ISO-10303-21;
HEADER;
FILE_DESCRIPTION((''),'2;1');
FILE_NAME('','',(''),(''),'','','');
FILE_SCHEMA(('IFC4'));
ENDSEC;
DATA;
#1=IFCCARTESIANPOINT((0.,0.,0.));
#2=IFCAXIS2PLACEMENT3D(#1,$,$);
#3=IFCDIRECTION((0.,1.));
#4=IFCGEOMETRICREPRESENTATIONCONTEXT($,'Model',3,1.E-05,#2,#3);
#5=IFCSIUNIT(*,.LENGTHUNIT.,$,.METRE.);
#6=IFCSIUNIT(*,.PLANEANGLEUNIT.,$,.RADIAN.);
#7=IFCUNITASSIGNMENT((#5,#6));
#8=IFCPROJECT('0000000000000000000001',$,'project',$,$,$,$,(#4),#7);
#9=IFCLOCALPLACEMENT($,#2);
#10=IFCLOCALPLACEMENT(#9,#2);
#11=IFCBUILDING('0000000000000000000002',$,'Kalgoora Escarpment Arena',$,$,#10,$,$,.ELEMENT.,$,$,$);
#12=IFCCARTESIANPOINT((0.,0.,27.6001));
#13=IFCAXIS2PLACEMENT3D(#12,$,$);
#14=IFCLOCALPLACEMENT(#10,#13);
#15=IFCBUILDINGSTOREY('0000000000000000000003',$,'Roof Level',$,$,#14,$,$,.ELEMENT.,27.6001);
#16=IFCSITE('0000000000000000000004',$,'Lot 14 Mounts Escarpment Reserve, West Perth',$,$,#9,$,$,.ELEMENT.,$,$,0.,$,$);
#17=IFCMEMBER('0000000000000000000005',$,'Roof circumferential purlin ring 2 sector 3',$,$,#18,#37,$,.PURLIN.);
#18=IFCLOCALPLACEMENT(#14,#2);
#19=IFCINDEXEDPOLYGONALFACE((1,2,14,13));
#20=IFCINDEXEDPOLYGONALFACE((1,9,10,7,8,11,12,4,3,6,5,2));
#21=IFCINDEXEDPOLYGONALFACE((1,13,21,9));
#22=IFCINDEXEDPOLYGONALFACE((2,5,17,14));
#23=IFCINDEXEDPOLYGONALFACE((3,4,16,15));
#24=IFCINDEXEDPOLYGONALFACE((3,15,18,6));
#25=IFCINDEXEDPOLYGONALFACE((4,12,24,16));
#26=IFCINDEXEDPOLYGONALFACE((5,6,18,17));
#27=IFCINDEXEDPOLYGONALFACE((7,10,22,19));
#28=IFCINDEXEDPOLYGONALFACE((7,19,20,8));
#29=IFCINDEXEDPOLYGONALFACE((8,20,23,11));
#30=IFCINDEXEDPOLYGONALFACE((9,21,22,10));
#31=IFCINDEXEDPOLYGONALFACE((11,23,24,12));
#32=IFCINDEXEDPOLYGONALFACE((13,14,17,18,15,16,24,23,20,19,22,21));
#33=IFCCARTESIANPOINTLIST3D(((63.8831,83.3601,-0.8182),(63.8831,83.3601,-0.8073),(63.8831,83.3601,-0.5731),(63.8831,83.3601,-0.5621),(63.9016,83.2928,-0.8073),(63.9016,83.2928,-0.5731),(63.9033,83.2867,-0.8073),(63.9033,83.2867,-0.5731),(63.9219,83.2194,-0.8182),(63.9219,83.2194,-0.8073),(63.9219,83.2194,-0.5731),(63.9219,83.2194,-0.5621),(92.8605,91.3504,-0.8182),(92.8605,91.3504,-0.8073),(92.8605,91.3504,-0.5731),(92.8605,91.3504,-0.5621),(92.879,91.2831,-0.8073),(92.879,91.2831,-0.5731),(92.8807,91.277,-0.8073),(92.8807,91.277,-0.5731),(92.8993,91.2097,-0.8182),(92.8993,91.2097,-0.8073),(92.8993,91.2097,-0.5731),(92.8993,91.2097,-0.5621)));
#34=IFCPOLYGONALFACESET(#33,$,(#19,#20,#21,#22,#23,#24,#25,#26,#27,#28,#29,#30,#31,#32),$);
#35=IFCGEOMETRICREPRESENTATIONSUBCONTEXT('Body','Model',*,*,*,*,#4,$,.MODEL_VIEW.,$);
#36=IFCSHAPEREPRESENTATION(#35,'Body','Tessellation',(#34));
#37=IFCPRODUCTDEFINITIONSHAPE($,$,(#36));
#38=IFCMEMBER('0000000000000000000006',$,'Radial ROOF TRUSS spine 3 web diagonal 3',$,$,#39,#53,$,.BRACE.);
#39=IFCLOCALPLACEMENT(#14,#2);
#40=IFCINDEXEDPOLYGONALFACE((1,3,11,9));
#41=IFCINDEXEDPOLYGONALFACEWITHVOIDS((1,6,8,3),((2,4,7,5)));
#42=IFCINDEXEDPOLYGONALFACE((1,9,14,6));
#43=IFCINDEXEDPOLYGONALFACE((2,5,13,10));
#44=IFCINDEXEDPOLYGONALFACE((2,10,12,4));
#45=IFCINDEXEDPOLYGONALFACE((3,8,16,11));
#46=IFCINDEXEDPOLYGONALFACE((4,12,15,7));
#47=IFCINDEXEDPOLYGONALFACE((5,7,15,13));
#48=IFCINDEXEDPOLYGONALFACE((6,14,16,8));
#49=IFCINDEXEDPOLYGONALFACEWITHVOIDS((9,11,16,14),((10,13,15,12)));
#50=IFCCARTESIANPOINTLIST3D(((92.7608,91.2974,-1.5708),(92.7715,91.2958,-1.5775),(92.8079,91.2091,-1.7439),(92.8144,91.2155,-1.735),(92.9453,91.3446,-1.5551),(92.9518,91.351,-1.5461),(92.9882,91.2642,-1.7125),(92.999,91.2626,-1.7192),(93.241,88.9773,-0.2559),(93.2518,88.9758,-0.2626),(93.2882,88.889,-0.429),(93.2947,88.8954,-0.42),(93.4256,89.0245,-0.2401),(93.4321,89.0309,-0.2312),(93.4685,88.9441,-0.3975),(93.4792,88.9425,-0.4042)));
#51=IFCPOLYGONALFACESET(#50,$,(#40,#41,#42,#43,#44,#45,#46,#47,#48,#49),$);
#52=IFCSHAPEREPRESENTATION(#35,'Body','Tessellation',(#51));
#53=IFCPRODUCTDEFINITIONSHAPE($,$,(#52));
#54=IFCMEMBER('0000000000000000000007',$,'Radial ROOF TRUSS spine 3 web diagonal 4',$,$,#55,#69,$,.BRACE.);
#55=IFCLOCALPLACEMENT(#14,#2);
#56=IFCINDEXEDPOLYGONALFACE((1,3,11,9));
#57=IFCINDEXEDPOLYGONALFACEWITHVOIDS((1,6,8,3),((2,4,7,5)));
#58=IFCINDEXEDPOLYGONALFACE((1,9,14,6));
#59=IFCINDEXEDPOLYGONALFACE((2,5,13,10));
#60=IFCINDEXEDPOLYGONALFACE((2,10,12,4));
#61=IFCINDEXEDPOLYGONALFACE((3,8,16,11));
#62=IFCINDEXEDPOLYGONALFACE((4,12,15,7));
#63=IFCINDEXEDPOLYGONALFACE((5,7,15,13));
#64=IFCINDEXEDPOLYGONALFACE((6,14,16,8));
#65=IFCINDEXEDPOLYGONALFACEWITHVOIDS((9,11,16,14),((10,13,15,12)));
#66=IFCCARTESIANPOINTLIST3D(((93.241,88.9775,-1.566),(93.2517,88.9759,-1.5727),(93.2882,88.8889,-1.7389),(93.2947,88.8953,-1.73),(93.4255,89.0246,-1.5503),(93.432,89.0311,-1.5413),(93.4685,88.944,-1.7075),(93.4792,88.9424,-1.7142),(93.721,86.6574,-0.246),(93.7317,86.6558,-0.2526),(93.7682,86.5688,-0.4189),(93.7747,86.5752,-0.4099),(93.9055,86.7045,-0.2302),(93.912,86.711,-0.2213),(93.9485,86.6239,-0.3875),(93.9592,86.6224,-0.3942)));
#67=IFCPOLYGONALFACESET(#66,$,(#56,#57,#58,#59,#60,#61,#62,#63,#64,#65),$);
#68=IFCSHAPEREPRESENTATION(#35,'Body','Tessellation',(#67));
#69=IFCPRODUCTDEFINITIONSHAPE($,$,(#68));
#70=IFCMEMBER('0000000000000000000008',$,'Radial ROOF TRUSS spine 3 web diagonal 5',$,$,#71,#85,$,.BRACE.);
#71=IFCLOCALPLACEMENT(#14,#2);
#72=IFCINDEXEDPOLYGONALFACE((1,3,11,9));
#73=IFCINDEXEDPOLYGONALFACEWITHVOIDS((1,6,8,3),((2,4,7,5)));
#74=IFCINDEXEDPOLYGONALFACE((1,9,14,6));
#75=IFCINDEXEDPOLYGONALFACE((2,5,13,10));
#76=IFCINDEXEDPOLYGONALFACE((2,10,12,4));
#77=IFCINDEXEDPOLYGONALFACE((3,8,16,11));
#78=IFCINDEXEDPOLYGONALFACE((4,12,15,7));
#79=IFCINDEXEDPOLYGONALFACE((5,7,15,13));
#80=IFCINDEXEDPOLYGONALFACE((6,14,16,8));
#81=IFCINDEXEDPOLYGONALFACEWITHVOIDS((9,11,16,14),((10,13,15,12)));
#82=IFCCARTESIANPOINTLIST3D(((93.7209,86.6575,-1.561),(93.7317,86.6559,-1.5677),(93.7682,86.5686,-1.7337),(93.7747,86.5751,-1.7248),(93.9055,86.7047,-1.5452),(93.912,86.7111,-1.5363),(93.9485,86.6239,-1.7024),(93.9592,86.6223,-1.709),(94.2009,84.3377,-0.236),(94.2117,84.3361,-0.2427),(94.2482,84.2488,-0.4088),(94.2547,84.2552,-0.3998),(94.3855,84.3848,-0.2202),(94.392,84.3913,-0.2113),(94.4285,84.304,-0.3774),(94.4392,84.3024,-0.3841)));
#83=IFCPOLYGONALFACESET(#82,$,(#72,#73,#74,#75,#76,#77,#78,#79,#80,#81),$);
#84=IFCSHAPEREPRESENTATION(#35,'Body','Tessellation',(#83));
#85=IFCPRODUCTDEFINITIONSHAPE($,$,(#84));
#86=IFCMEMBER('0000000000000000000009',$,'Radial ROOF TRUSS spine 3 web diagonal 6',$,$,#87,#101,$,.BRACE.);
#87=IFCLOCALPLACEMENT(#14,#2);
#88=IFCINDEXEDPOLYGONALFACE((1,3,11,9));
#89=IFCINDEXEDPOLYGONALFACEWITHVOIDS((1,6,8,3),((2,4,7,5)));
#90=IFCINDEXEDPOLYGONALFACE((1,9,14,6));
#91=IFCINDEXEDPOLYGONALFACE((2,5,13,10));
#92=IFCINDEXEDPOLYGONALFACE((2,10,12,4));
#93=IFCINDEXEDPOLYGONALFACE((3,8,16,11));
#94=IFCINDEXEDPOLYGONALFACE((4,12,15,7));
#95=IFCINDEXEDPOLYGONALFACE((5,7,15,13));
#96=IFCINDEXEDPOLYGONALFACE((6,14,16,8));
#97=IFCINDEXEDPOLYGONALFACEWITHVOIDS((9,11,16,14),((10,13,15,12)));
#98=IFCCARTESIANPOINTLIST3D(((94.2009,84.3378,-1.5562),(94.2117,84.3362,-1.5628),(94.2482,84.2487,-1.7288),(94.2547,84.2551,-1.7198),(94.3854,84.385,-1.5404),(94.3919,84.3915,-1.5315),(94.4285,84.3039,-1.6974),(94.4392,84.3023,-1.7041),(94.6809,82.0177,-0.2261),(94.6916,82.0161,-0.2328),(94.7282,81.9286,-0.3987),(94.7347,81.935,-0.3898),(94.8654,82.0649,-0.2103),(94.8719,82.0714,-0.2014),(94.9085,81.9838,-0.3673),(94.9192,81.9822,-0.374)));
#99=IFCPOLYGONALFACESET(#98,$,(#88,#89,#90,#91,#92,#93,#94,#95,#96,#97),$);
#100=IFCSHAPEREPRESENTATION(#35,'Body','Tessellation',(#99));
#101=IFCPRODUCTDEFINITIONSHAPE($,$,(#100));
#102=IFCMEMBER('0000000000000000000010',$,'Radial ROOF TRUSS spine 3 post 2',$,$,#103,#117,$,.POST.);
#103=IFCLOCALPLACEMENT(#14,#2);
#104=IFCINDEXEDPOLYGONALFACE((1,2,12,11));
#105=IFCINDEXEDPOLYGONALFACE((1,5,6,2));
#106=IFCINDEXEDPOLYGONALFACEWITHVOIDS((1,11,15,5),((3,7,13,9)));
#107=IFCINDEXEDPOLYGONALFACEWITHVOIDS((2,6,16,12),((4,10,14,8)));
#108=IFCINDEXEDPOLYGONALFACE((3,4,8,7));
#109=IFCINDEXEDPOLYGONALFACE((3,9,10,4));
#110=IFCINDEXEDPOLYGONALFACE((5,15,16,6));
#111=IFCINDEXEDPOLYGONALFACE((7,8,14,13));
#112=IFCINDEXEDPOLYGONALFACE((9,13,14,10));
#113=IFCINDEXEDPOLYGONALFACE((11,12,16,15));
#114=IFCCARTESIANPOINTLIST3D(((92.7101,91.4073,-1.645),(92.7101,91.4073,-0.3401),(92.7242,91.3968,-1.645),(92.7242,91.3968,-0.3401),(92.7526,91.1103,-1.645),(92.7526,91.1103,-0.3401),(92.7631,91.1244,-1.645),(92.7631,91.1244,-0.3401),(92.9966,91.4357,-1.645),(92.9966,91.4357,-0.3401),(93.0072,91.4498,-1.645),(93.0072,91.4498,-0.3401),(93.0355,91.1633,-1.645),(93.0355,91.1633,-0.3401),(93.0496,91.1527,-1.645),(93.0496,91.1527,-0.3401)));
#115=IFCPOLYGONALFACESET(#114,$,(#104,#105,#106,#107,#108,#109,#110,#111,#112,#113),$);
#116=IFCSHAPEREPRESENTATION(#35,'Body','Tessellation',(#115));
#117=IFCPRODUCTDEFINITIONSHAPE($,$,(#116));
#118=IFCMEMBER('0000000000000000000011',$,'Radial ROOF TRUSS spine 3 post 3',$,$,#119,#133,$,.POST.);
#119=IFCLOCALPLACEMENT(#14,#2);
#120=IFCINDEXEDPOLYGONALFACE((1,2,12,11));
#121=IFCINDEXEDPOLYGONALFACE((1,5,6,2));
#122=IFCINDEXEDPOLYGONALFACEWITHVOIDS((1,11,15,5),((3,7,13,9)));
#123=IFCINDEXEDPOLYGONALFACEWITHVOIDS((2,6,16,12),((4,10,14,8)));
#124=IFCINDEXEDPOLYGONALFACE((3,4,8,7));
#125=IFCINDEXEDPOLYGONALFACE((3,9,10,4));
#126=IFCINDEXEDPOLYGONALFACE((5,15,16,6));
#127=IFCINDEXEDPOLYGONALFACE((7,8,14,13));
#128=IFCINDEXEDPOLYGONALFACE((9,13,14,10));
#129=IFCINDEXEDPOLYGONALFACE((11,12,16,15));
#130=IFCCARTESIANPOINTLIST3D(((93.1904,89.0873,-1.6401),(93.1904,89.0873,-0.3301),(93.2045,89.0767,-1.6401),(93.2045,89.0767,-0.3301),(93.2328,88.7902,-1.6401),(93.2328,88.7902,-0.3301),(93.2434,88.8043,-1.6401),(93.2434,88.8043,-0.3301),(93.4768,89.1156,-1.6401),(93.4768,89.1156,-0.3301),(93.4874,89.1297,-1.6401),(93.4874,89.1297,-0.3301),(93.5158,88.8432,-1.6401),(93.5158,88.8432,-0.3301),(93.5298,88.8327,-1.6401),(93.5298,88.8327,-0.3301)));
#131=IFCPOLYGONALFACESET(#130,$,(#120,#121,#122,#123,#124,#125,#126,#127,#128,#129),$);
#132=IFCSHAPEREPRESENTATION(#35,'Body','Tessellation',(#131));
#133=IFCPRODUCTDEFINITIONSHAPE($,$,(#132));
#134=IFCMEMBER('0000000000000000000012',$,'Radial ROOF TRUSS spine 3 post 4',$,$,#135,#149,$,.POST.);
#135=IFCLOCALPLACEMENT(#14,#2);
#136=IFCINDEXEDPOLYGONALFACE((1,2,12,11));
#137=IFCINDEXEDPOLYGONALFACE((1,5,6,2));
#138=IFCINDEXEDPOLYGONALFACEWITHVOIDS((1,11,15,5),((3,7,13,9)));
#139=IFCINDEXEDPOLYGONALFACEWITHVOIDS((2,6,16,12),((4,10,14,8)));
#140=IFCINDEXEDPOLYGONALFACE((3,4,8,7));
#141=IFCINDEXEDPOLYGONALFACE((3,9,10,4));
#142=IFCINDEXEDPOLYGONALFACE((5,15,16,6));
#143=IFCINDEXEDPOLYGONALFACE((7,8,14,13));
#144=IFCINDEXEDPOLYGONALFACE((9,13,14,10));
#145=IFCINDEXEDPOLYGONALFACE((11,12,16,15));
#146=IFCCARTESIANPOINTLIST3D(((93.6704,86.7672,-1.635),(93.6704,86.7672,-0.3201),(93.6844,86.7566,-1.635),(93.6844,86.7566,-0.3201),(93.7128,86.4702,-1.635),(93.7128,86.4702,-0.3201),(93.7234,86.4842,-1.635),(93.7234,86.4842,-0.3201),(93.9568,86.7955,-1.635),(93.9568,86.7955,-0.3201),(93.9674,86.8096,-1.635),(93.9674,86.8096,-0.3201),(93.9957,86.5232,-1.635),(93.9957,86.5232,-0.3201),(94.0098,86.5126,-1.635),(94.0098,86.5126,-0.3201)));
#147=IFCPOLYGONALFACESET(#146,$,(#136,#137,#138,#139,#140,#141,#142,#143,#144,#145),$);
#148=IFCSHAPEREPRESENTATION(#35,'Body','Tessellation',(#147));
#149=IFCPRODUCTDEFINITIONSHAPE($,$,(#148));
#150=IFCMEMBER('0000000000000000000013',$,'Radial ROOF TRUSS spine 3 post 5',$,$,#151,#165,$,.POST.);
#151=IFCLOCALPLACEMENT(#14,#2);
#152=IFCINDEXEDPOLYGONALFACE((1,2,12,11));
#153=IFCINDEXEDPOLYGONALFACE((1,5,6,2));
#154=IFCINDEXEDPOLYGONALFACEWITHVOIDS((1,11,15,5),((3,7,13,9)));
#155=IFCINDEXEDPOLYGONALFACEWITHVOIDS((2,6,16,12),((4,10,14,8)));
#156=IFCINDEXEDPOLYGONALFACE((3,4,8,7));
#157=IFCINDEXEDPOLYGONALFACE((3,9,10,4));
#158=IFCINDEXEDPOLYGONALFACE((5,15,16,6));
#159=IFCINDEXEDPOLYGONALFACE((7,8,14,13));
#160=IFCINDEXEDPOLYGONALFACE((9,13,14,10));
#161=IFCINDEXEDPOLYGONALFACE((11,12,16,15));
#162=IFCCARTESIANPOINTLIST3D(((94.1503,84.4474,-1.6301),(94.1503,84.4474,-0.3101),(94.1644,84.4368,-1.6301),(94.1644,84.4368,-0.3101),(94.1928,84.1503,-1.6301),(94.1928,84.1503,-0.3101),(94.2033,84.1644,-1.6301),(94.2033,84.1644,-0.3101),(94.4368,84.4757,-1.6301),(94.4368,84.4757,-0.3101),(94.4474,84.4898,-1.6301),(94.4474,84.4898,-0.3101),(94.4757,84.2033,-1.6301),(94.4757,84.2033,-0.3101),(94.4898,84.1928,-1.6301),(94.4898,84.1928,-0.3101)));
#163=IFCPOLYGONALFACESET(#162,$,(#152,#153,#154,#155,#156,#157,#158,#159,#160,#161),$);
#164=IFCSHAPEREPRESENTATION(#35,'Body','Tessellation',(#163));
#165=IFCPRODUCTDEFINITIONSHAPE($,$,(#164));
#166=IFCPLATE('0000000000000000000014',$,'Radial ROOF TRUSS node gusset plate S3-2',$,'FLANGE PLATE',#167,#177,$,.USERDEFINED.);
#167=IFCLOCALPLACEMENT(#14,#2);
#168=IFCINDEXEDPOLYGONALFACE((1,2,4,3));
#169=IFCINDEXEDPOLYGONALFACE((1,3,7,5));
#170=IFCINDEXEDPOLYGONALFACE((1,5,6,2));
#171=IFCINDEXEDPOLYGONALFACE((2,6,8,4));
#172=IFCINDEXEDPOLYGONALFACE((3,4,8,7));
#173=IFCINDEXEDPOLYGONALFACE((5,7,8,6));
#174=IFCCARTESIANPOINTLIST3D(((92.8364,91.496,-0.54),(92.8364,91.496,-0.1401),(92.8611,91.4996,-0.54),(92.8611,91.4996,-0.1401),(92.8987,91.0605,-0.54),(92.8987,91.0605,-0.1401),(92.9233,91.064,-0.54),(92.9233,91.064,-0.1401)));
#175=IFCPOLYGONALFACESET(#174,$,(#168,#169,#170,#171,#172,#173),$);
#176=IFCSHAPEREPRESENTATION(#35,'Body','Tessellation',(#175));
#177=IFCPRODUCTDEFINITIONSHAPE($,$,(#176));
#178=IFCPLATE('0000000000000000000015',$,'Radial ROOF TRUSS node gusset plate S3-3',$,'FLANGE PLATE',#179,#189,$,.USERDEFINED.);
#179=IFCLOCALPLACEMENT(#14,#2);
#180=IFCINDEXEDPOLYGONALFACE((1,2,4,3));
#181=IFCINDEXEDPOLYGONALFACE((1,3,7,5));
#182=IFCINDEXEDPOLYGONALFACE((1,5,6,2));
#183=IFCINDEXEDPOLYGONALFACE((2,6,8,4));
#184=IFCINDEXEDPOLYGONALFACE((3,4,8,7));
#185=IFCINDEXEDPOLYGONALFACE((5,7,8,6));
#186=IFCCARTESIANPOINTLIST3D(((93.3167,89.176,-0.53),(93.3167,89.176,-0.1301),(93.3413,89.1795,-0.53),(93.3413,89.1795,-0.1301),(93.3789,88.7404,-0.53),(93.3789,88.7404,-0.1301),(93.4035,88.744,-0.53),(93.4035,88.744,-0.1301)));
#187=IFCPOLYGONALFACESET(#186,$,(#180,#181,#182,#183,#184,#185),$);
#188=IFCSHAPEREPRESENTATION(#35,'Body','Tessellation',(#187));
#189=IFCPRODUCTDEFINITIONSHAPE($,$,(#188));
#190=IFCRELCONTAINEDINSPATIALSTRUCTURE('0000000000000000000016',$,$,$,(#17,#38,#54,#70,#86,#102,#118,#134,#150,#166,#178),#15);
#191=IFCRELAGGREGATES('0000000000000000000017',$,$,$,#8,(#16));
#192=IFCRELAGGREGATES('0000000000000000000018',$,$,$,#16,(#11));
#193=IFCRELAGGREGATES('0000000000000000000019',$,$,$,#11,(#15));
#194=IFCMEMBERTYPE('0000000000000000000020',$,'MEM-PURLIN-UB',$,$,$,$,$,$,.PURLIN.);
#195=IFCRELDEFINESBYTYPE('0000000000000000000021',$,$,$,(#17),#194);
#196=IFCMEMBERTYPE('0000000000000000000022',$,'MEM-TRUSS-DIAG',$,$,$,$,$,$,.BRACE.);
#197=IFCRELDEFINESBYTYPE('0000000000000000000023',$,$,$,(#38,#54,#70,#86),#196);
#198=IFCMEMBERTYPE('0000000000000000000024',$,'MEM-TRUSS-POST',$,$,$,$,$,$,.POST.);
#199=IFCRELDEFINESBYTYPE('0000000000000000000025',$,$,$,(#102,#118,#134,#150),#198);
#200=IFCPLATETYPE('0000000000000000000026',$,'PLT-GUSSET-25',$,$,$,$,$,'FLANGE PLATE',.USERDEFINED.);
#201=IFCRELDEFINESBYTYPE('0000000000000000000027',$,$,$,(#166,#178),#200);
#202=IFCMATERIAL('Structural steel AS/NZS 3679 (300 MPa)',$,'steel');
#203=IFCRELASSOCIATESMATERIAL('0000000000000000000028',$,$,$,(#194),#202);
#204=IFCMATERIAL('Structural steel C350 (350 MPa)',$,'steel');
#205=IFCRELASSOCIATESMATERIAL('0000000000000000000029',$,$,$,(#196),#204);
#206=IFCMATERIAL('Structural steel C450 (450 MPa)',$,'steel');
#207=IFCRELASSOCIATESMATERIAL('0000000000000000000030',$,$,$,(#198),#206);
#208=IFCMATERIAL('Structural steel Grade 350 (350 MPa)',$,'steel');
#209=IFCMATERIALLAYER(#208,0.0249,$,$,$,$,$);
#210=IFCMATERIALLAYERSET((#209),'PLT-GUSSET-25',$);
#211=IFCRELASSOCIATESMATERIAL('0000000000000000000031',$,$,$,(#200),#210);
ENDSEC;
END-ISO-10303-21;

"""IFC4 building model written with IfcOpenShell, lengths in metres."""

from ifc_helpers import new_model, si_unit, direction, frame, origin, origin_2d, place, context, subcontext, project, spatial, rectangle, hollow_rectangle, i_section, extrude, material, layer, layer_set, material_profile, profile_set, type_object, element, save


model = new_model("IFC4")

# Units and contexts
model_context = context("Model", 3, precision=1e-05, world=origin(), true_north=direction((0.0, 1.0)))
body_context = subcontext(model_context, "Body", "Model", "MODEL_VIEW")
ifc_project = project(units=[si_unit("LENGTHUNIT", "METRE"), si_unit("PLANEANGLEUNIT", "RADIAN")], contexts=[model_context])

# Site, building, storey
site_placement = place(None, origin())
site = spatial("IfcSite", under=ifc_project, at=site_placement, Name="Lot 14 Mounts Escarpment Reserve, West Perth", CompositionType="ELEMENT", RefElevation=0.0)
building_placement = place(site_placement, origin())
building = spatial("IfcBuilding", under=site, at=building_placement, Name="Kalgoora Escarpment Arena", CompositionType="ELEMENT")
storey_placement = place(building_placement, frame((0.0, 0.0, 27.6001)))
storey = spatial("IfcBuildingStorey", under=building, at=storey_placement, Name="Roof Level", CompositionType="ELEMENT", Elevation=27.6001)

# Members
ifc_material_1 = material(Name="Structural steel AS/NZS 3679 (300 MPa)", Category="steel")
ifc_material_profile_1 = material_profile(ifc_material_1, i_section(OverallWidth=0.146, OverallDepth=0.2561, WebThickness=0.0063, FlangeThickness=0.011, at=origin_2d()))
ifc_profile_set_1 = profile_set([ifc_material_profile_1], Name="Structural steel AS/NZS 3679 (300 MPa)")
member_type_1 = type_object("IfcMemberType", Name="MEM-PURLIN-UB", PredefinedType="PURLIN", material=ifc_profile_set_1)
member_1_placement = place(storey_placement, frame((92.8799, 91.28, -0.6902), z_axis=(-0.964022, -0.265821, 0.0), x_axis=(0.265821, -0.964022, 0.0)))
element("IfcMember", 1, at=member_1_placement, inside=storey, type_object=member_type_1, Name="Roof circumferential purlin ring 2 sector 3", PredefinedType="PURLIN", context=body_context, shape_type="SweptSolid", body=[
    extrude(i_section(OverallWidth=0.146, OverallDepth=0.2561, WebThickness=0.0063, FlangeThickness=0.011, at=origin_2d()), origin(), (0.0, 0.0, 1.0), 30.0588),
])
ifc_material_2 = material(Name="Structural steel C350 (350 MPa)", Category="steel")
ifc_material_profile_2 = material_profile(ifc_material_2, hollow_rectangle(XDim=0.2, YDim=0.2, WallThickness=0.009, at=origin_2d()))
ifc_profile_set_2 = profile_set([ifc_material_profile_2], Name="Structural steel C350 (350 MPa)")
member_type_2 = type_object("IfcMemberType", Name="MEM-TRUSS-DIAG", PredefinedType="BRACE", material=ifc_profile_set_2)
member_2_placement = place(storey_placement, frame((92.8799, 91.28, -1.645), z_axis=(0.177225, -0.856213, 0.485274), x_axis=(0.235856, -0.441761, -0.865574)))
element("IfcMember", 2, at=member_2_placement, inside=storey, type_object=member_type_2, Name="Radial ROOF TRUSS spine 3 web diagonal 3", PredefinedType="BRACE", context=body_context, shape_type="SweptSolid", body=[
    extrude(hollow_rectangle(XDim=0.2, YDim=0.2, WallThickness=0.009, at=origin_2d()), origin(), (0.0, 0.0, 1.0), 2.7097),
])
member_3_placement = place(storey_placement, frame((93.3601, 88.96, -1.6401), z_axis=(0.176975, -0.85544, 0.486727), x_axis=(0.236103, -0.443193, -0.864775)))
element("IfcMember", 3, at=member_3_placement, inside=storey, type_object=member_type_2, Name="Radial ROOF TRUSS spine 3 web diagonal 4", PredefinedType="BRACE", context=body_context, shape_type="SweptSolid", body=[
    extrude(hollow_rectangle(XDim=0.2, YDim=0.2, WallThickness=0.009, at=origin_2d()), origin(), (0.0, 0.0, 1.0), 2.7122),
])
member_4_placement = place(storey_placement, frame((93.8401, 86.6399, -1.635), z_axis=(0.176834, -0.854665, 0.488136), x_axis=(0.236395, -0.444554, -0.863996)))
element("IfcMember", 4, at=member_4_placement, inside=storey, type_object=member_type_2, Name="Radial ROOF TRUSS spine 3 web diagonal 5", PredefinedType="BRACE", context=body_context, shape_type="SweptSolid", body=[
    extrude(hollow_rectangle(XDim=0.2, YDim=0.2, WallThickness=0.009, at=origin_2d()), origin(), (0.0, 0.0, 1.0), 2.7144),
])
member_5_placement = place(storey_placement, frame((94.3201, 84.3201, -1.6301), z_axis=(0.176657, -0.853901, 0.489535), x_axis=(0.236666, -0.445916, -0.86322)))
element("IfcMember", 5, at=member_5_placement, inside=storey, type_object=member_type_2, Name="Radial ROOF TRUSS spine 3 web diagonal 6", PredefinedType="BRACE", context=body_context, shape_type="SweptSolid", body=[
    extrude(hollow_rectangle(XDim=0.2, YDim=0.2, WallThickness=0.009, at=origin_2d()), origin(), (0.0, 0.0, 1.0), 2.717),
])
ifc_material_3 = material(Name="Structural steel C450 (450 MPa)", Category="steel")
ifc_material_profile_3 = material_profile(ifc_material_3, hollow_rectangle(XDim=0.3, YDim=0.3, WallThickness=0.0125, at=origin_2d()))
ifc_profile_set_3 = profile_set([ifc_material_profile_3], Name="Structural steel C450 (450 MPa)")
member_type_3 = type_object("IfcMemberType", Name="MEM-TRUSS-POST", PredefinedType="POST", material=ifc_profile_set_3)
member_6_placement = place(storey_placement, frame((92.8799, 91.28, -1.645), z_axis=(0.0, 0.0, 1.0), x_axis=(0.14142, -0.98995, 0.0)))
element("IfcMember", 6, at=member_6_placement, inside=storey, type_object=member_type_3, Name="Radial ROOF TRUSS spine 3 post 2", PredefinedType="POST", context=body_context, shape_type="SweptSolid", body=[
    extrude(hollow_rectangle(XDim=0.3, YDim=0.3, WallThickness=0.0125, at=origin_2d()), origin(), (0.0, 0.0, 1.0), 1.3049),
])
member_7_placement = place(storey_placement, frame((93.3601, 88.96, -1.6401), z_axis=(0.0, 0.0, 1.0), x_axis=(0.14142, -0.98995, 0.0)))
element("IfcMember", 7, at=member_7_placement, inside=storey, type_object=member_type_3, Name="Radial ROOF TRUSS spine 3 post 3", PredefinedType="POST", context=body_context, shape_type="SweptSolid", body=[
    extrude(hollow_rectangle(XDim=0.3, YDim=0.3, WallThickness=0.0125, at=origin_2d()), origin(), (0.0, 0.0, 1.0), 1.3101),
])
member_8_placement = place(storey_placement, frame((93.8401, 86.6399, -1.635), z_axis=(0.0, 0.0, 1.0), x_axis=(0.14142, -0.98995, 0.0)))
element("IfcMember", 8, at=member_8_placement, inside=storey, type_object=member_type_3, Name="Radial ROOF TRUSS spine 3 post 4", PredefinedType="POST", context=body_context, shape_type="SweptSolid", body=[
    extrude(hollow_rectangle(XDim=0.3, YDim=0.3, WallThickness=0.0125, at=origin_2d()), origin(), (0.0, 0.0, 1.0), 1.3149),
])
member_9_placement = place(storey_placement, frame((94.3201, 84.3201, -1.6301), z_axis=(0.0, 0.0, 1.0), x_axis=(0.14142, -0.98995, 0.0)))
element("IfcMember", 9, at=member_9_placement, inside=storey, type_object=member_type_3, Name="Radial ROOF TRUSS spine 3 post 5", PredefinedType="POST", context=body_context, shape_type="SweptSolid", body=[
    extrude(hollow_rectangle(XDim=0.3, YDim=0.3, WallThickness=0.0125, at=origin_2d()), origin(), (0.0, 0.0, 1.0), 1.3201),
])

# Plates
ifc_material_4 = material(Name="Structural steel Grade 350 (350 MPa)", Category="steel")
ifc_layer_1 = layer(ifc_material_4, 0.0249)
ifc_layer_set_1 = layer_set([ifc_layer_1], Name="PLT-GUSSET-25")
plate_type_1 = type_object("IfcPlateType", Name="PLT-GUSSET-25", ElementType="FLANGE PLATE", PredefinedType="USERDEFINED", material=ifc_layer_set_1)
for number, where, z_axis, x_axis, name in (
    (10, (92.8799, 91.28, -0.54), (0.0, 0.0, 1.0), (0.14142, -0.98995, 0.0), "Radial ROOF TRUSS node gusset plate S3-2"),
    (11, (93.3601, 88.96, -0.53), (0.0, 0.0, 1.0), (0.14142, -0.98995, 0.0), "Radial ROOF TRUSS node gusset plate S3-3"),
):
    element("IfcPlate", number, at=place(storey_placement, frame(where, z_axis=z_axis, x_axis=x_axis)), inside=storey, type_object=plate_type_1, Name=name, ObjectType="FLANGE PLATE", PredefinedType="USERDEFINED", context=body_context, shape_type="SweptSolid", body=[
        extrude(rectangle(XDim=0.4399, YDim=0.0249, at=origin_2d()), origin(), (0.0, 0.0, 1.0), 0.3999),
    ])

save(model, "model.ifc")
